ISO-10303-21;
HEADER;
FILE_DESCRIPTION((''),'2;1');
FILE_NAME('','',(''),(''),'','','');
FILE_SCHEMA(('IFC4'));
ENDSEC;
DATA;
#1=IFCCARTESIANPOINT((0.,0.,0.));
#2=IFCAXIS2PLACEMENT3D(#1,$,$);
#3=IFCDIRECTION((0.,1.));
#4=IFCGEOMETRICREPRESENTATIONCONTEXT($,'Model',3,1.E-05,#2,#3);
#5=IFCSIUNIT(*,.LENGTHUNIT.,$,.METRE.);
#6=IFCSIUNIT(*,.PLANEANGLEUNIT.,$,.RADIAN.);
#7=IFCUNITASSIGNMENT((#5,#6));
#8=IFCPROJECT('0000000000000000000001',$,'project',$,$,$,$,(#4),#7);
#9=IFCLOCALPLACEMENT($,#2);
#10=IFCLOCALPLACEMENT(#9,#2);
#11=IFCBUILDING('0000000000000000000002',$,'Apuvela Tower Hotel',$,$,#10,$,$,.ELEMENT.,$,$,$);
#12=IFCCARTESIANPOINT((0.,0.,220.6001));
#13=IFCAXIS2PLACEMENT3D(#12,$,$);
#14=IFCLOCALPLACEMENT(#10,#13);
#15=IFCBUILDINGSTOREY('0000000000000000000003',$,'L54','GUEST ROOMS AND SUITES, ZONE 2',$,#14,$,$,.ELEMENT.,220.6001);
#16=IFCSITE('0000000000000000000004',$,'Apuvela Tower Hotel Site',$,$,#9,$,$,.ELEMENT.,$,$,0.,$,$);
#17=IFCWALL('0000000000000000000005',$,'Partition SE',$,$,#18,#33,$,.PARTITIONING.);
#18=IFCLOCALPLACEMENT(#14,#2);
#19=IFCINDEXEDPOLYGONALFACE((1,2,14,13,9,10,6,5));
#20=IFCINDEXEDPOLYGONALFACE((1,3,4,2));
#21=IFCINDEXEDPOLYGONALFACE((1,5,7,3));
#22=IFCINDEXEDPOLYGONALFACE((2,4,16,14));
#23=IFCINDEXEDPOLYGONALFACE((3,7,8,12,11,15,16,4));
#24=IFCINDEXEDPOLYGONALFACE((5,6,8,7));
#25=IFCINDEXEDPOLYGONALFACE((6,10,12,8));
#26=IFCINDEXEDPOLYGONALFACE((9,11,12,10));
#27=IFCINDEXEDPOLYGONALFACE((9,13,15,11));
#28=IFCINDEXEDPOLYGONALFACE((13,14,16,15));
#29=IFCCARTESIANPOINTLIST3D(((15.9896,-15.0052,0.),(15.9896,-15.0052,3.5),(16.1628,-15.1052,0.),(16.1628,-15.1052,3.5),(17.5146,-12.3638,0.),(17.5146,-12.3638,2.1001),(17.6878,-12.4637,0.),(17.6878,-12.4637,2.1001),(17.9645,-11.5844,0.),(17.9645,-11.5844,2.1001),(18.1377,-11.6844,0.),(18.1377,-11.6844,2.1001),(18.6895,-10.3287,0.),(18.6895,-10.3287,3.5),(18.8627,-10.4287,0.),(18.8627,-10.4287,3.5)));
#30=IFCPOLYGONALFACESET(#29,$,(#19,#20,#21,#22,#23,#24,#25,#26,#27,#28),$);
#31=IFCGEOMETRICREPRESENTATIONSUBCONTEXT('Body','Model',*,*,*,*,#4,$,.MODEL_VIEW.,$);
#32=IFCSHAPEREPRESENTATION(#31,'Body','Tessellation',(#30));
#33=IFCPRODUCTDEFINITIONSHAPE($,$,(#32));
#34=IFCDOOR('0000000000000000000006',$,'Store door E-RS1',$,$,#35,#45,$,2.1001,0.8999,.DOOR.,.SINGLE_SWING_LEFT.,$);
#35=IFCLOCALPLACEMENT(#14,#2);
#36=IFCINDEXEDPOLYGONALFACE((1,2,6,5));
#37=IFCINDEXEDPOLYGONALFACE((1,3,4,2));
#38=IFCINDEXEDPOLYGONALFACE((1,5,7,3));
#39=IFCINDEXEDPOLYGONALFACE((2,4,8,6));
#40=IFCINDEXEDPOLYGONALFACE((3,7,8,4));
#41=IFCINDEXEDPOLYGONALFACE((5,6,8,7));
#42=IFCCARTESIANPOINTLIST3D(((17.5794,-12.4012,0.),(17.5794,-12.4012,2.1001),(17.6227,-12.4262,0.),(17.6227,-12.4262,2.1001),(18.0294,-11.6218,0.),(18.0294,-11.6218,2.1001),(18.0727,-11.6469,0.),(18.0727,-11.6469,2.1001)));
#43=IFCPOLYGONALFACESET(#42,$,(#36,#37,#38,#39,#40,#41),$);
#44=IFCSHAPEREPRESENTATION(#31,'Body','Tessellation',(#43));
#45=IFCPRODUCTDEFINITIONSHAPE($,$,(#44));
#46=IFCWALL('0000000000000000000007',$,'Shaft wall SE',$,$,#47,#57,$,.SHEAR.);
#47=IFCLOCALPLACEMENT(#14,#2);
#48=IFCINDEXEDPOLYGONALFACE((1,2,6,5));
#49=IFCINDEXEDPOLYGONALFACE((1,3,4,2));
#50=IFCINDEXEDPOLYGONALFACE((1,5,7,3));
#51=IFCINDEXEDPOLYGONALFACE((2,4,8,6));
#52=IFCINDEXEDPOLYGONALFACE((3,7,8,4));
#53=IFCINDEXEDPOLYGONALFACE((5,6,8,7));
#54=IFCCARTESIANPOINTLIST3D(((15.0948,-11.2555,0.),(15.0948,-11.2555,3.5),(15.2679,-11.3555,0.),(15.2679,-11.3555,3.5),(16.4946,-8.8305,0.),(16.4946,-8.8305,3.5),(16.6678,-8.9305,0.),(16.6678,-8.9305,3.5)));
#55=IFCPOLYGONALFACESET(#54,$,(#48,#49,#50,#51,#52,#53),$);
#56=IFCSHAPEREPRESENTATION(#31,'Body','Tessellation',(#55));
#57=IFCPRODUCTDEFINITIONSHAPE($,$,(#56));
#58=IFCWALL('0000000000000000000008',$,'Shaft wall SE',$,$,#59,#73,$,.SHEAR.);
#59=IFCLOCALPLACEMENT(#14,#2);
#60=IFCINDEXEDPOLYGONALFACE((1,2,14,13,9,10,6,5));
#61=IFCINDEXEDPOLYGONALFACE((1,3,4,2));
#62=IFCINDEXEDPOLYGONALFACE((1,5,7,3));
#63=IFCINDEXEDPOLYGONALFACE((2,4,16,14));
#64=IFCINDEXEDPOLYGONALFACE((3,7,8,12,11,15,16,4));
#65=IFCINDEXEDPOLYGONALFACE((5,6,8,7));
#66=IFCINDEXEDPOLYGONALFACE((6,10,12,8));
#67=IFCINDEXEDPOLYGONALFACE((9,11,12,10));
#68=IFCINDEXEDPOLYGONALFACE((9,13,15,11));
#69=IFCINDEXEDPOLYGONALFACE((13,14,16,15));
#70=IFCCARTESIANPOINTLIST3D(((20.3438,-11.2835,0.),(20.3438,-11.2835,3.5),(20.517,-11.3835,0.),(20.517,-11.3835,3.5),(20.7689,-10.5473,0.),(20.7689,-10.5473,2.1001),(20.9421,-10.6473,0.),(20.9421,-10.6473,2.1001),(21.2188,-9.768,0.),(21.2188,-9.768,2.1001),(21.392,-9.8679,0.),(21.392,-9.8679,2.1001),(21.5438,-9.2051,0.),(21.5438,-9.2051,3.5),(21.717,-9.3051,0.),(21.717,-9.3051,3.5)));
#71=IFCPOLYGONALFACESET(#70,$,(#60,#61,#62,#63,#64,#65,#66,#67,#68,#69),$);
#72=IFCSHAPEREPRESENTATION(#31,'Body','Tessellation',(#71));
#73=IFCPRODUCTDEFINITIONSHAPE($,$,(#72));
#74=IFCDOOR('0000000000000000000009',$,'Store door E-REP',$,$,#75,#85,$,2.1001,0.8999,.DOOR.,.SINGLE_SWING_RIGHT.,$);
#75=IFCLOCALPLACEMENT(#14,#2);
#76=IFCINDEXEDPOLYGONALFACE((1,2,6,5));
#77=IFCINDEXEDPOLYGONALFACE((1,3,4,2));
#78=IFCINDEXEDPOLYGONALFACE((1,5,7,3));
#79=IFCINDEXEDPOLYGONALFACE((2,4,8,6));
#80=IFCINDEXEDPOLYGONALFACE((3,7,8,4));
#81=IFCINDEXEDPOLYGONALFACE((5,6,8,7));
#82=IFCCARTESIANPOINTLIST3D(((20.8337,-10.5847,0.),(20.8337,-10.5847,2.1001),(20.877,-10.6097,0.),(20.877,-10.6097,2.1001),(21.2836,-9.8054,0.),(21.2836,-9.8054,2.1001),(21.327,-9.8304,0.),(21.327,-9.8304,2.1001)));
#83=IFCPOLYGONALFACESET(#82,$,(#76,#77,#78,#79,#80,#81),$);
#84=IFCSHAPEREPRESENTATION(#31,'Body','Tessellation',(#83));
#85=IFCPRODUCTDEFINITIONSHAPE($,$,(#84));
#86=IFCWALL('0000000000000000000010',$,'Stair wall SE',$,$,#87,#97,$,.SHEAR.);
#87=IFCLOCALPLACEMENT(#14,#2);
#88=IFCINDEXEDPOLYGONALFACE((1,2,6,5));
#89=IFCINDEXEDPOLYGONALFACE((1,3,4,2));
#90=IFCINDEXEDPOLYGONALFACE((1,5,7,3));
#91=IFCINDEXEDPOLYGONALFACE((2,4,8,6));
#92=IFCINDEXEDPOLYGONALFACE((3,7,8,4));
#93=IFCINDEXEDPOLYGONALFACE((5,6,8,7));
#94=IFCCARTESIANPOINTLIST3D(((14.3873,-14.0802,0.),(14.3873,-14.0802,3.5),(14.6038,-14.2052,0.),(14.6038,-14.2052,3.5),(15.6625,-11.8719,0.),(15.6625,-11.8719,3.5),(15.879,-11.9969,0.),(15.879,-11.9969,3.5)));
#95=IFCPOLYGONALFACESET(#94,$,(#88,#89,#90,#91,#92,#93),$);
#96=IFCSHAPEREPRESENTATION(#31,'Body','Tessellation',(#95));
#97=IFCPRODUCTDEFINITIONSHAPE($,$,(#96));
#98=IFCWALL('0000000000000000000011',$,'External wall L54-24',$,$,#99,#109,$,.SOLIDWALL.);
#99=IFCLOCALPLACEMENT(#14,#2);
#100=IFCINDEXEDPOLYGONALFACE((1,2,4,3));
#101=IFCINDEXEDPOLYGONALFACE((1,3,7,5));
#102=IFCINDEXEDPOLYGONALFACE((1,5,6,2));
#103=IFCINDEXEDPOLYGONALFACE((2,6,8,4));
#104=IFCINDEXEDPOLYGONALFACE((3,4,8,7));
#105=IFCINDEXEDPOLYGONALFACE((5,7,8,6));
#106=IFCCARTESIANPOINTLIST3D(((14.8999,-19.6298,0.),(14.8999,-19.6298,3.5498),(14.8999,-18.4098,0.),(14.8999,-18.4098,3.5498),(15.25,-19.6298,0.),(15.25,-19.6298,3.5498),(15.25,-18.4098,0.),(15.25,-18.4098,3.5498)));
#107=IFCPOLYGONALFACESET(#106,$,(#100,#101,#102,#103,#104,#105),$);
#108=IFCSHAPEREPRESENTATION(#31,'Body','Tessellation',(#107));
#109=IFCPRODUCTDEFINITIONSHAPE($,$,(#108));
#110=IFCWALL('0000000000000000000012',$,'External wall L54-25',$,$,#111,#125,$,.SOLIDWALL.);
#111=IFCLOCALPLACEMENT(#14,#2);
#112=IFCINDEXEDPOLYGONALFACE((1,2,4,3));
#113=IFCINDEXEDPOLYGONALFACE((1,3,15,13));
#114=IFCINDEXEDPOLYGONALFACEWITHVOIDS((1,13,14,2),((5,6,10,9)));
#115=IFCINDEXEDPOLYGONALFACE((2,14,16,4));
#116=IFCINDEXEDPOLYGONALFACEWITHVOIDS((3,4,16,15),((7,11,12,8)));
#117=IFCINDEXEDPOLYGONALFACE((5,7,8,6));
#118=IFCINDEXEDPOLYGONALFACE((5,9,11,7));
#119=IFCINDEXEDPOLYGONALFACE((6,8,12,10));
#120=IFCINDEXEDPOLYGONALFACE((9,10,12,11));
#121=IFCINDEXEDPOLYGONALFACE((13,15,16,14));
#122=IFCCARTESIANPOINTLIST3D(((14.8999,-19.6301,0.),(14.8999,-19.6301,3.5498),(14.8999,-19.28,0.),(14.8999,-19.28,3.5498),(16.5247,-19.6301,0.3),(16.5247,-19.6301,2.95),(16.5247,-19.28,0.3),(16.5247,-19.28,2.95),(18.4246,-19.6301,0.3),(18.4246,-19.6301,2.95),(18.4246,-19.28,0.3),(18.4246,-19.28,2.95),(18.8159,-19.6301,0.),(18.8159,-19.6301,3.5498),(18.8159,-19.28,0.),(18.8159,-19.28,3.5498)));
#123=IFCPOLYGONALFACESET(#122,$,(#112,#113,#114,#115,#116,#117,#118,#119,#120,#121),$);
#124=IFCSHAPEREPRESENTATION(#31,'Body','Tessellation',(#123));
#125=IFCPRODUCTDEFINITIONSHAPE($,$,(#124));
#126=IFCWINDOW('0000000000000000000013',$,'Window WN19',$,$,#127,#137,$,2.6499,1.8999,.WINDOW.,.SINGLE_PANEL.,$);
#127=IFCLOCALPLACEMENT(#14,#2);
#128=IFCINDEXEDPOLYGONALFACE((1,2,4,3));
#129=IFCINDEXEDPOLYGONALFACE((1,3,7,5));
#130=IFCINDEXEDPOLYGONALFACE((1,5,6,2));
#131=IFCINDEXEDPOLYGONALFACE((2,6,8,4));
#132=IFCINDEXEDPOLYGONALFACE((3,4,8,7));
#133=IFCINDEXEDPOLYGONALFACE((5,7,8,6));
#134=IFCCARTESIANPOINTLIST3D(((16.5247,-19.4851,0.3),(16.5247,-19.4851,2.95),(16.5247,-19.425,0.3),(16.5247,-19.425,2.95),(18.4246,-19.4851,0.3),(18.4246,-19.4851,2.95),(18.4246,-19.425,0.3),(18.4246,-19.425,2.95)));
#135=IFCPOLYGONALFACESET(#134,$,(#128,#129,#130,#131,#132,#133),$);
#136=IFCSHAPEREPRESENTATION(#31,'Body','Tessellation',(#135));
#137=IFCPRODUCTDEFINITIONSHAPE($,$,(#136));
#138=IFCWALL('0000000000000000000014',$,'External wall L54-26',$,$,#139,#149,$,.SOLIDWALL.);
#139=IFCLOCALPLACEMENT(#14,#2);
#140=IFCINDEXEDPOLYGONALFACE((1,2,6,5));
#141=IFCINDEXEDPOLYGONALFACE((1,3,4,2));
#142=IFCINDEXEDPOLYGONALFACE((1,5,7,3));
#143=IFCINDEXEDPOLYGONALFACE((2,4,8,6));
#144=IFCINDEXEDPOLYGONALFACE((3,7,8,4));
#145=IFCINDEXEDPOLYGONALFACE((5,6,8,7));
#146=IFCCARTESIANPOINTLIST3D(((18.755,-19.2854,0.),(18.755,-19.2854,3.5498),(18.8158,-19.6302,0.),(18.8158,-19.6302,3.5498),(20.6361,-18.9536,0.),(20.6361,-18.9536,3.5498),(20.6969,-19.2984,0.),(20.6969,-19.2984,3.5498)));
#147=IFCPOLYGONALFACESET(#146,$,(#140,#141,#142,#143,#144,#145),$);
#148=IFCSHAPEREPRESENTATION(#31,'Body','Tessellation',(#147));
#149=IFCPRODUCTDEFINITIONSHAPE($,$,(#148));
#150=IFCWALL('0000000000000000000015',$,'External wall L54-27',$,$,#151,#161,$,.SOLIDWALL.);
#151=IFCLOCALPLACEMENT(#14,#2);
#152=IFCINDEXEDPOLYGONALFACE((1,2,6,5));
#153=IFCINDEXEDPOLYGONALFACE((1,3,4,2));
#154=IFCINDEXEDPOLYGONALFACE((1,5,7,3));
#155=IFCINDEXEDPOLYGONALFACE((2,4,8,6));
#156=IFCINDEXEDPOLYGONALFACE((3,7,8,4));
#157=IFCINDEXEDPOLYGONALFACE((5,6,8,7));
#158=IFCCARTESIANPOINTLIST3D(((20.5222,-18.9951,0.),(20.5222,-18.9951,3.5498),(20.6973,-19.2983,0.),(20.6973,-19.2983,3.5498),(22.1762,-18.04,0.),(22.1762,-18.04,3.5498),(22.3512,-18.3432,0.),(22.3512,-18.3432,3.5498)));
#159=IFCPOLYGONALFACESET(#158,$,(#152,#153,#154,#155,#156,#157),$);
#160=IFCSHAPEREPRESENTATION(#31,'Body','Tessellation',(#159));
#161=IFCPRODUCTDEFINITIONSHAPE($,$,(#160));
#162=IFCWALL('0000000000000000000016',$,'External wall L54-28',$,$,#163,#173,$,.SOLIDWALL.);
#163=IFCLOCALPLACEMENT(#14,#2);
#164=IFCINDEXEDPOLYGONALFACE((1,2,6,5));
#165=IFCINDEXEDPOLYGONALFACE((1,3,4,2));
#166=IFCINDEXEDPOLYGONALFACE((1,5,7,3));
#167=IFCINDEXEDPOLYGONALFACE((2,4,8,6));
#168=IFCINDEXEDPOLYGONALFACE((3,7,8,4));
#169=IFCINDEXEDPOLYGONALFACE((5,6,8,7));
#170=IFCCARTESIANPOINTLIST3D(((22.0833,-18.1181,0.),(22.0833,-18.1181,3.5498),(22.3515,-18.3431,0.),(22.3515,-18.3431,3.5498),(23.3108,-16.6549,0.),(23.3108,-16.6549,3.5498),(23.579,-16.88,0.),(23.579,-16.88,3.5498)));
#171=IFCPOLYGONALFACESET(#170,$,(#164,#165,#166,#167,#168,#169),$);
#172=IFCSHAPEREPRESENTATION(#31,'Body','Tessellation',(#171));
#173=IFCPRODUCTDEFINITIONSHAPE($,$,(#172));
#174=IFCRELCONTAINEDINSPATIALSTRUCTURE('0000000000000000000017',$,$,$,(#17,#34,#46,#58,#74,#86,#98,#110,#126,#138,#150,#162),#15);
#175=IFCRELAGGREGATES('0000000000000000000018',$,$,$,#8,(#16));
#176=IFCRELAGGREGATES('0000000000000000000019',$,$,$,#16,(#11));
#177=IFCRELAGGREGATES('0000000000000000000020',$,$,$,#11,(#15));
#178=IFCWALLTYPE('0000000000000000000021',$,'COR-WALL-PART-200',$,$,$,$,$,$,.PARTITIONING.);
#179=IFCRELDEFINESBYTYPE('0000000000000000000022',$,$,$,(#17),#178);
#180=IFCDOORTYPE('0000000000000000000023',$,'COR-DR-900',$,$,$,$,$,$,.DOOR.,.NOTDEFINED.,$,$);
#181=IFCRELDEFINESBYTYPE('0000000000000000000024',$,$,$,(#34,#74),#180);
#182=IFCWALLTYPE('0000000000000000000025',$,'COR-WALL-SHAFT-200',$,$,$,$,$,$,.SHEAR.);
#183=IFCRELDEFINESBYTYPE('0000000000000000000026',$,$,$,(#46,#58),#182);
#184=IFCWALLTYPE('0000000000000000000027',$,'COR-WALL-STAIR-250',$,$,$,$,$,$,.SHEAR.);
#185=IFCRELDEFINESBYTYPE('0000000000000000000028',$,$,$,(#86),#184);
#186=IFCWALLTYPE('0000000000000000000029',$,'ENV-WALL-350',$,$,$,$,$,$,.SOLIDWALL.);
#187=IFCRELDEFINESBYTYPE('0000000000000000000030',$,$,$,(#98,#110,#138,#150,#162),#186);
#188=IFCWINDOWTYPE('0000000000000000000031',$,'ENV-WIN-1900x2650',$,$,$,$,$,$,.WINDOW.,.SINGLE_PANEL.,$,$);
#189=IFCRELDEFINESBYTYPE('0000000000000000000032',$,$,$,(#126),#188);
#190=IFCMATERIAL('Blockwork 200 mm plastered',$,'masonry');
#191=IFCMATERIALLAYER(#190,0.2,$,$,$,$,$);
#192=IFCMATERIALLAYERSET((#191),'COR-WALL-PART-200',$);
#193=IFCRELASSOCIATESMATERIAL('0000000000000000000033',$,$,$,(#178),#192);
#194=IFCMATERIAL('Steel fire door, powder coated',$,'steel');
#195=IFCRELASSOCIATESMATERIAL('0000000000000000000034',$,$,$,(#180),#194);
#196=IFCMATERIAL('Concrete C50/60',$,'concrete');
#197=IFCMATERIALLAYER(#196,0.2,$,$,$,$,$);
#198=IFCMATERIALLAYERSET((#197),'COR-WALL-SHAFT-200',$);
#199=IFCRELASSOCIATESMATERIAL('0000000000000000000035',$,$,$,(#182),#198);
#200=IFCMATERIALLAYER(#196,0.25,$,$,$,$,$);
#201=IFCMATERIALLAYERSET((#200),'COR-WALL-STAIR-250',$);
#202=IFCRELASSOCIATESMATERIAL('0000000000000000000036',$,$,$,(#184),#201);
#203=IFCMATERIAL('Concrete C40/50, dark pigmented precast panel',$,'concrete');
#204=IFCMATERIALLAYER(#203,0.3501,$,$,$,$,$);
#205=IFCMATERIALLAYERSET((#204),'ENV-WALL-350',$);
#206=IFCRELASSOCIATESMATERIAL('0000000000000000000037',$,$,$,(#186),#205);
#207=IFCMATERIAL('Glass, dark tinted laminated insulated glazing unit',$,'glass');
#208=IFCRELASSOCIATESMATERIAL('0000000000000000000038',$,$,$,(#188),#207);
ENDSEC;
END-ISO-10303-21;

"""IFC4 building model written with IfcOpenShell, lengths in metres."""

from ifc_helpers import new_model, si_unit, direction, frame, frame_2d, origin, place, context, subcontext, project, spatial, rectangle, extrude, material, layer, layer_set, type_object, element, fill, save


model = new_model("IFC4")

# Units and contexts
model_context = context("Model", 3, precision=1e-05, world=origin(), true_north=direction((0.0, 1.0)))
body_context = subcontext(model_context, "Body", "Model", "MODEL_VIEW")
ifc_project = project(units=[si_unit("LENGTHUNIT", "METRE"), si_unit("PLANEANGLEUNIT", "RADIAN")], contexts=[model_context])

# Site, building, storey
site_placement = place(None, origin())
site = spatial("IfcSite", under=ifc_project, at=site_placement, Name="Apuvela Tower Hotel Site", CompositionType="ELEMENT", RefElevation=0.0)
building_placement = place(site_placement, origin())
building = spatial("IfcBuilding", under=site, at=building_placement, Name="Apuvela Tower Hotel", CompositionType="ELEMENT")
storey_placement = place(building_placement, frame((0.0, 0.0, 220.6001)))
storey = spatial("IfcBuildingStorey", under=building, at=storey_placement, Name="L54", Description="GUEST ROOMS AND SUITES, ZONE 2", CompositionType="ELEMENT", Elevation=220.6001)

# Wall, opening, door
ifc_material_1 = material(Name="Blockwork 200 mm plastered", Category="masonry")
ifc_layer_1 = layer(ifc_material_1, 0.2)
ifc_layer_set_1 = layer_set([ifc_layer_1], Name="COR-WALL-PART-200")
wall_type_1 = type_object("IfcWallType", Name="COR-WALL-PART-200", PredefinedType="PARTITIONING", material=ifc_layer_set_1)
wall_1_placement = place(storey_placement, frame((16.0762, -15.0552, 0.0), z_axis=(0.0, 0.0, 1.0), x_axis=(0.499995, 0.866028, 0.0)))
wall_1 = element("IfcWall", 1, at=wall_1_placement, inside=storey, type_object=wall_type_1, Name="Partition SE", PredefinedType="PARTITIONING", context=body_context, shape_type="SweptSolid", body=[
    extrude(rectangle(XDim=5.3999, YDim=0.2, at=frame_2d((2.7, 0.0))), origin(), (0.0, 0.0, 1.0), 3.5),
])
opening_1_placement = place(wall_1_placement, frame((3.05, 0.0, 0.0)))
opening_1 = element("IfcOpeningElement", 2, at=opening_1_placement, cuts=wall_1, PredefinedType="OPENING", context=body_context, shape_type="SweptSolid", body=[
    extrude(rectangle(XDim=0.8999, YDim=2.1001, at=frame_2d((0.45, 1.05))), frame((0.0, 0.1099, 0.0), z_axis=(0.0, -1.0, 0.0), x_axis=(1.0, 0.0, 0.0)), (0.0, 0.0, 1.0), 0.22),
])
ifc_material_2 = material(Name="Steel fire door, powder coated", Category="steel")
door_type_1 = type_object("IfcDoorType", Name="COR-DR-900", OperationType="NOTDEFINED", PredefinedType="DOOR", material=ifc_material_2)
door_1_placement = place(opening_1_placement, frame((0.8999, 0.0, 0.0), z_axis=(0.0, 0.0, 1.0), x_axis=(-1.0, 0.0, 0.0)))
door_1 = element("IfcDoor", 3, at=door_1_placement, inside=storey, type_object=door_type_1, Name="Store door E-RS1", OperationType="SINGLE_SWING_LEFT", OverallHeight=2.1001, OverallWidth=0.8999, PredefinedType="DOOR", context=body_context, shape_type="SweptSolid", body=[
    extrude(rectangle(XDim=0.8999, YDim=2.1001, at=frame_2d((0.45, 1.05))), frame((0.0, 0.0249, 0.0), z_axis=(0.0, -1.0, 0.0), x_axis=(1.0, 0.0, 0.0)), (0.0, 0.0, 1.0), 0.05),
])
fill(opening_1, door_1)

# Wall
ifc_material_3 = material(Name="Concrete C50/60", Category="concrete")
ifc_layer_2 = layer(ifc_material_3, 0.2)
ifc_layer_set_2 = layer_set([ifc_layer_2], Name="COR-WALL-SHAFT-200")
wall_type_2 = type_object("IfcWallType", Name="COR-WALL-SHAFT-200", PredefinedType="SHEAR", material=ifc_layer_set_2)
wall_2_placement = place(storey_placement, frame((15.1814, -11.3054, 0.0), z_axis=(0.0, 0.0, 1.0), x_axis=(0.499946, 0.866056, 0.0)))
element("IfcWall", 4, at=wall_2_placement, inside=storey, type_object=wall_type_2, Name="Shaft wall SE", PredefinedType="SHEAR", context=body_context, shape_type="SweptSolid", body=[
    extrude(rectangle(XDim=2.8, YDim=0.2, at=frame_2d((1.3999, 0.0))), origin(), (0.0, 0.0, 1.0), 3.5),
])

# Wall, opening, door
wall_3_placement = place(storey_placement, frame((20.4304, -11.3335, 0.0), z_axis=(0.0, 0.0, 1.0), x_axis=(0.500001, 0.866025, 0.0)))
wall_3 = element("IfcWall", 5, at=wall_3_placement, inside=storey, type_object=wall_type_2, Name="Shaft wall SE", PredefinedType="SHEAR", context=body_context, shape_type="SweptSolid", body=[
    extrude(rectangle(XDim=2.3999, YDim=0.2, at=frame_2d((1.2, 0.0))), origin(), (0.0, 0.0, 1.0), 3.5),
])
opening_2_placement = place(wall_3_placement, frame((0.8501, 0.0, 0.0)))
opening_2 = element("IfcOpeningElement", 6, at=opening_2_placement, cuts=wall_3, PredefinedType="OPENING", context=body_context, shape_type="SweptSolid", body=[
    extrude(rectangle(XDim=0.8999, YDim=2.1001, at=frame_2d((0.45, 1.05))), frame((0.0, 0.1099, 0.0), z_axis=(0.0, -1.0, 0.0), x_axis=(1.0, 0.0, 0.0)), (0.0, 0.0, 1.0), 0.22),
])
door_2_placement = place(opening_2_placement, frame((0.8999, 0.0, 0.0), z_axis=(0.0, 0.0, 1.0), x_axis=(-1.0, 0.0, 0.0)))
door_2 = element("IfcDoor", 7, at=door_2_placement, inside=storey, type_object=door_type_1, Name="Store door E-REP", OperationType="SINGLE_SWING_RIGHT", OverallHeight=2.1001, OverallWidth=0.8999, PredefinedType="DOOR", context=body_context, shape_type="SweptSolid", body=[
    extrude(rectangle(XDim=0.8999, YDim=2.1001, at=frame_2d((0.45, 1.05))), frame((0.0, 0.0249, 0.0), z_axis=(0.0, -1.0, 0.0), x_axis=(1.0, 0.0, 0.0)), (0.0, 0.0, 1.0), 0.05),
])
fill(opening_2, door_2)

# Walls
ifc_layer_3 = layer(ifc_material_3, 0.25)
ifc_layer_set_3 = layer_set([ifc_layer_3], Name="COR-WALL-STAIR-250")
wall_type_3 = type_object("IfcWallType", Name="COR-WALL-STAIR-250", PredefinedType="SHEAR", material=ifc_layer_set_3)
wall_4_placement = place(storey_placement, frame((14.4956, -14.1426, 0.0), z_axis=(0.0, 0.0, 1.0), x_axis=(0.500062, 0.865989, 0.0)))
element("IfcWall", 8, at=wall_4_placement, inside=storey, type_object=wall_type_3, Name="Stair wall SE", PredefinedType="SHEAR", context=body_context, shape_type="SweptSolid", body=[
    extrude(rectangle(XDim=2.55, YDim=0.25, at=frame_2d((1.2749, 0.0))), origin(), (0.0, 0.0, 1.0), 3.5),
])
ifc_material_4 = material(Name="Concrete C40/50, dark pigmented precast panel", Category="concrete")
ifc_layer_4 = layer(ifc_material_4, 0.3501)
ifc_layer_set_4 = layer_set([ifc_layer_4], Name="ENV-WALL-350")
wall_type_4 = type_object("IfcWallType", Name="ENV-WALL-350", PredefinedType="SOLIDWALL", material=ifc_layer_set_4)
wall_5_placement = place(storey_placement, frame((15.075, -18.4099, 0.0), z_axis=(0.0, 0.0, 1.0), x_axis=(0.0, -1.0, 0.0)))
element("IfcWall", 9, at=wall_5_placement, inside=storey, type_object=wall_type_4, Name="External wall L54-24", PredefinedType="SOLIDWALL", context=body_context, shape_type="SweptSolid", body=[
    extrude(rectangle(XDim=1.22, YDim=0.3501, at=frame_2d((0.6099, 0.0))), origin(), (0.0, 0.0, 1.0), 3.5498),
])

# Wall, opening, window
wall_6_placement = place(storey_placement, frame((14.8999, -19.4551, 0.0), z_axis=(0.0, 0.0, 1.0), x_axis=(1.0, 0.0, 0.0)))
wall_6 = element("IfcWall", 10, at=wall_6_placement, inside=storey, type_object=wall_type_4, Name="External wall L54-25", PredefinedType="SOLIDWALL", context=body_context, shape_type="SweptSolid", body=[
    extrude(rectangle(XDim=3.916, YDim=0.3501, at=frame_2d((1.958, 0.0))), origin(), (0.0, 0.0, 1.0), 3.5498),
])
opening_3_placement = place(wall_6_placement, frame((1.6248, 0.0, 0.3)))
opening_3 = element("IfcOpeningElement", 11, at=opening_3_placement, cuts=wall_6, PredefinedType="OPENING", context=body_context, shape_type="SweptSolid", body=[
    extrude(rectangle(XDim=1.8999, YDim=2.6499, at=frame_2d((0.95, 1.325))), frame((0.0, 0.1851, 0.0), z_axis=(0.0, -1.0, 0.0), x_axis=(1.0, 0.0, 0.0)), (0.0, 0.0, 1.0), 0.3701),
])
ifc_material_5 = material(Name="Glass, dark tinted laminated insulated glazing unit", Category="glass")
window_type = type_object("IfcWindowType", Name="ENV-WIN-1900x2650", PartitioningType="SINGLE_PANEL", PredefinedType="WINDOW", material=ifc_material_5)
window_placement = place(opening_3_placement, origin())
window = element("IfcWindow", 12, at=window_placement, inside=storey, type_object=window_type, Name="Window WN19", OverallHeight=2.6499, OverallWidth=1.8999, PartitioningType="SINGLE_PANEL", PredefinedType="WINDOW", context=body_context, shape_type="SweptSolid", body=[
    extrude(rectangle(XDim=1.8999, YDim=2.6499, at=frame_2d((0.95, 1.325))), frame((0.0, 0.03, 0.0), z_axis=(0.0, -1.0, 0.0), x_axis=(1.0, 0.0, 0.0)), (0.0, 0.0, 1.0), 0.0601),
])
fill(opening_3, window)

# Walls
wall_7_placement = place(storey_placement, frame((18.7854, -19.4578, 0.0), z_axis=(0.0, 0.0, 1.0), x_axis=(0.984799, 0.173698, 0.0)))
element("IfcWall", 13, at=wall_7_placement, inside=storey, type_object=wall_type_4, Name="External wall L54-26", PredefinedType="SOLIDWALL", context=body_context, shape_type="SweptSolid", body=[
    extrude(rectangle(XDim=1.9102, YDim=0.3501, at=frame_2d((0.9551, 0.0))), origin(), (0.0, 0.0, 1.0), 3.5498),
])
for number, where, z_axis, x_axis, name in (
    (14, (20.6096, -19.1467, 0.0), (0.0, 0.0, 1.0), (0.866, 0.500043, 0.0), "External wall L54-27"),
    (15, (22.2173, -18.2307, 0.0), (0.0, 0.0, 1.0), (0.642733, 0.76609, 0.0), "External wall L54-28"),
):
    element("IfcWall", number, at=place(storey_placement, frame(where, z_axis=z_axis, x_axis=x_axis)), inside=storey, type_object=wall_type_4, Name=name, PredefinedType="SOLIDWALL", context=body_context, shape_type="SweptSolid", body=[
        extrude(rectangle(XDim=1.9099, YDim=0.3501, at=frame_2d((0.9551, 0.0))), origin(), (0.0, 0.0, 1.0), 3.5498),
    ])

save(model, "model.ifc")
